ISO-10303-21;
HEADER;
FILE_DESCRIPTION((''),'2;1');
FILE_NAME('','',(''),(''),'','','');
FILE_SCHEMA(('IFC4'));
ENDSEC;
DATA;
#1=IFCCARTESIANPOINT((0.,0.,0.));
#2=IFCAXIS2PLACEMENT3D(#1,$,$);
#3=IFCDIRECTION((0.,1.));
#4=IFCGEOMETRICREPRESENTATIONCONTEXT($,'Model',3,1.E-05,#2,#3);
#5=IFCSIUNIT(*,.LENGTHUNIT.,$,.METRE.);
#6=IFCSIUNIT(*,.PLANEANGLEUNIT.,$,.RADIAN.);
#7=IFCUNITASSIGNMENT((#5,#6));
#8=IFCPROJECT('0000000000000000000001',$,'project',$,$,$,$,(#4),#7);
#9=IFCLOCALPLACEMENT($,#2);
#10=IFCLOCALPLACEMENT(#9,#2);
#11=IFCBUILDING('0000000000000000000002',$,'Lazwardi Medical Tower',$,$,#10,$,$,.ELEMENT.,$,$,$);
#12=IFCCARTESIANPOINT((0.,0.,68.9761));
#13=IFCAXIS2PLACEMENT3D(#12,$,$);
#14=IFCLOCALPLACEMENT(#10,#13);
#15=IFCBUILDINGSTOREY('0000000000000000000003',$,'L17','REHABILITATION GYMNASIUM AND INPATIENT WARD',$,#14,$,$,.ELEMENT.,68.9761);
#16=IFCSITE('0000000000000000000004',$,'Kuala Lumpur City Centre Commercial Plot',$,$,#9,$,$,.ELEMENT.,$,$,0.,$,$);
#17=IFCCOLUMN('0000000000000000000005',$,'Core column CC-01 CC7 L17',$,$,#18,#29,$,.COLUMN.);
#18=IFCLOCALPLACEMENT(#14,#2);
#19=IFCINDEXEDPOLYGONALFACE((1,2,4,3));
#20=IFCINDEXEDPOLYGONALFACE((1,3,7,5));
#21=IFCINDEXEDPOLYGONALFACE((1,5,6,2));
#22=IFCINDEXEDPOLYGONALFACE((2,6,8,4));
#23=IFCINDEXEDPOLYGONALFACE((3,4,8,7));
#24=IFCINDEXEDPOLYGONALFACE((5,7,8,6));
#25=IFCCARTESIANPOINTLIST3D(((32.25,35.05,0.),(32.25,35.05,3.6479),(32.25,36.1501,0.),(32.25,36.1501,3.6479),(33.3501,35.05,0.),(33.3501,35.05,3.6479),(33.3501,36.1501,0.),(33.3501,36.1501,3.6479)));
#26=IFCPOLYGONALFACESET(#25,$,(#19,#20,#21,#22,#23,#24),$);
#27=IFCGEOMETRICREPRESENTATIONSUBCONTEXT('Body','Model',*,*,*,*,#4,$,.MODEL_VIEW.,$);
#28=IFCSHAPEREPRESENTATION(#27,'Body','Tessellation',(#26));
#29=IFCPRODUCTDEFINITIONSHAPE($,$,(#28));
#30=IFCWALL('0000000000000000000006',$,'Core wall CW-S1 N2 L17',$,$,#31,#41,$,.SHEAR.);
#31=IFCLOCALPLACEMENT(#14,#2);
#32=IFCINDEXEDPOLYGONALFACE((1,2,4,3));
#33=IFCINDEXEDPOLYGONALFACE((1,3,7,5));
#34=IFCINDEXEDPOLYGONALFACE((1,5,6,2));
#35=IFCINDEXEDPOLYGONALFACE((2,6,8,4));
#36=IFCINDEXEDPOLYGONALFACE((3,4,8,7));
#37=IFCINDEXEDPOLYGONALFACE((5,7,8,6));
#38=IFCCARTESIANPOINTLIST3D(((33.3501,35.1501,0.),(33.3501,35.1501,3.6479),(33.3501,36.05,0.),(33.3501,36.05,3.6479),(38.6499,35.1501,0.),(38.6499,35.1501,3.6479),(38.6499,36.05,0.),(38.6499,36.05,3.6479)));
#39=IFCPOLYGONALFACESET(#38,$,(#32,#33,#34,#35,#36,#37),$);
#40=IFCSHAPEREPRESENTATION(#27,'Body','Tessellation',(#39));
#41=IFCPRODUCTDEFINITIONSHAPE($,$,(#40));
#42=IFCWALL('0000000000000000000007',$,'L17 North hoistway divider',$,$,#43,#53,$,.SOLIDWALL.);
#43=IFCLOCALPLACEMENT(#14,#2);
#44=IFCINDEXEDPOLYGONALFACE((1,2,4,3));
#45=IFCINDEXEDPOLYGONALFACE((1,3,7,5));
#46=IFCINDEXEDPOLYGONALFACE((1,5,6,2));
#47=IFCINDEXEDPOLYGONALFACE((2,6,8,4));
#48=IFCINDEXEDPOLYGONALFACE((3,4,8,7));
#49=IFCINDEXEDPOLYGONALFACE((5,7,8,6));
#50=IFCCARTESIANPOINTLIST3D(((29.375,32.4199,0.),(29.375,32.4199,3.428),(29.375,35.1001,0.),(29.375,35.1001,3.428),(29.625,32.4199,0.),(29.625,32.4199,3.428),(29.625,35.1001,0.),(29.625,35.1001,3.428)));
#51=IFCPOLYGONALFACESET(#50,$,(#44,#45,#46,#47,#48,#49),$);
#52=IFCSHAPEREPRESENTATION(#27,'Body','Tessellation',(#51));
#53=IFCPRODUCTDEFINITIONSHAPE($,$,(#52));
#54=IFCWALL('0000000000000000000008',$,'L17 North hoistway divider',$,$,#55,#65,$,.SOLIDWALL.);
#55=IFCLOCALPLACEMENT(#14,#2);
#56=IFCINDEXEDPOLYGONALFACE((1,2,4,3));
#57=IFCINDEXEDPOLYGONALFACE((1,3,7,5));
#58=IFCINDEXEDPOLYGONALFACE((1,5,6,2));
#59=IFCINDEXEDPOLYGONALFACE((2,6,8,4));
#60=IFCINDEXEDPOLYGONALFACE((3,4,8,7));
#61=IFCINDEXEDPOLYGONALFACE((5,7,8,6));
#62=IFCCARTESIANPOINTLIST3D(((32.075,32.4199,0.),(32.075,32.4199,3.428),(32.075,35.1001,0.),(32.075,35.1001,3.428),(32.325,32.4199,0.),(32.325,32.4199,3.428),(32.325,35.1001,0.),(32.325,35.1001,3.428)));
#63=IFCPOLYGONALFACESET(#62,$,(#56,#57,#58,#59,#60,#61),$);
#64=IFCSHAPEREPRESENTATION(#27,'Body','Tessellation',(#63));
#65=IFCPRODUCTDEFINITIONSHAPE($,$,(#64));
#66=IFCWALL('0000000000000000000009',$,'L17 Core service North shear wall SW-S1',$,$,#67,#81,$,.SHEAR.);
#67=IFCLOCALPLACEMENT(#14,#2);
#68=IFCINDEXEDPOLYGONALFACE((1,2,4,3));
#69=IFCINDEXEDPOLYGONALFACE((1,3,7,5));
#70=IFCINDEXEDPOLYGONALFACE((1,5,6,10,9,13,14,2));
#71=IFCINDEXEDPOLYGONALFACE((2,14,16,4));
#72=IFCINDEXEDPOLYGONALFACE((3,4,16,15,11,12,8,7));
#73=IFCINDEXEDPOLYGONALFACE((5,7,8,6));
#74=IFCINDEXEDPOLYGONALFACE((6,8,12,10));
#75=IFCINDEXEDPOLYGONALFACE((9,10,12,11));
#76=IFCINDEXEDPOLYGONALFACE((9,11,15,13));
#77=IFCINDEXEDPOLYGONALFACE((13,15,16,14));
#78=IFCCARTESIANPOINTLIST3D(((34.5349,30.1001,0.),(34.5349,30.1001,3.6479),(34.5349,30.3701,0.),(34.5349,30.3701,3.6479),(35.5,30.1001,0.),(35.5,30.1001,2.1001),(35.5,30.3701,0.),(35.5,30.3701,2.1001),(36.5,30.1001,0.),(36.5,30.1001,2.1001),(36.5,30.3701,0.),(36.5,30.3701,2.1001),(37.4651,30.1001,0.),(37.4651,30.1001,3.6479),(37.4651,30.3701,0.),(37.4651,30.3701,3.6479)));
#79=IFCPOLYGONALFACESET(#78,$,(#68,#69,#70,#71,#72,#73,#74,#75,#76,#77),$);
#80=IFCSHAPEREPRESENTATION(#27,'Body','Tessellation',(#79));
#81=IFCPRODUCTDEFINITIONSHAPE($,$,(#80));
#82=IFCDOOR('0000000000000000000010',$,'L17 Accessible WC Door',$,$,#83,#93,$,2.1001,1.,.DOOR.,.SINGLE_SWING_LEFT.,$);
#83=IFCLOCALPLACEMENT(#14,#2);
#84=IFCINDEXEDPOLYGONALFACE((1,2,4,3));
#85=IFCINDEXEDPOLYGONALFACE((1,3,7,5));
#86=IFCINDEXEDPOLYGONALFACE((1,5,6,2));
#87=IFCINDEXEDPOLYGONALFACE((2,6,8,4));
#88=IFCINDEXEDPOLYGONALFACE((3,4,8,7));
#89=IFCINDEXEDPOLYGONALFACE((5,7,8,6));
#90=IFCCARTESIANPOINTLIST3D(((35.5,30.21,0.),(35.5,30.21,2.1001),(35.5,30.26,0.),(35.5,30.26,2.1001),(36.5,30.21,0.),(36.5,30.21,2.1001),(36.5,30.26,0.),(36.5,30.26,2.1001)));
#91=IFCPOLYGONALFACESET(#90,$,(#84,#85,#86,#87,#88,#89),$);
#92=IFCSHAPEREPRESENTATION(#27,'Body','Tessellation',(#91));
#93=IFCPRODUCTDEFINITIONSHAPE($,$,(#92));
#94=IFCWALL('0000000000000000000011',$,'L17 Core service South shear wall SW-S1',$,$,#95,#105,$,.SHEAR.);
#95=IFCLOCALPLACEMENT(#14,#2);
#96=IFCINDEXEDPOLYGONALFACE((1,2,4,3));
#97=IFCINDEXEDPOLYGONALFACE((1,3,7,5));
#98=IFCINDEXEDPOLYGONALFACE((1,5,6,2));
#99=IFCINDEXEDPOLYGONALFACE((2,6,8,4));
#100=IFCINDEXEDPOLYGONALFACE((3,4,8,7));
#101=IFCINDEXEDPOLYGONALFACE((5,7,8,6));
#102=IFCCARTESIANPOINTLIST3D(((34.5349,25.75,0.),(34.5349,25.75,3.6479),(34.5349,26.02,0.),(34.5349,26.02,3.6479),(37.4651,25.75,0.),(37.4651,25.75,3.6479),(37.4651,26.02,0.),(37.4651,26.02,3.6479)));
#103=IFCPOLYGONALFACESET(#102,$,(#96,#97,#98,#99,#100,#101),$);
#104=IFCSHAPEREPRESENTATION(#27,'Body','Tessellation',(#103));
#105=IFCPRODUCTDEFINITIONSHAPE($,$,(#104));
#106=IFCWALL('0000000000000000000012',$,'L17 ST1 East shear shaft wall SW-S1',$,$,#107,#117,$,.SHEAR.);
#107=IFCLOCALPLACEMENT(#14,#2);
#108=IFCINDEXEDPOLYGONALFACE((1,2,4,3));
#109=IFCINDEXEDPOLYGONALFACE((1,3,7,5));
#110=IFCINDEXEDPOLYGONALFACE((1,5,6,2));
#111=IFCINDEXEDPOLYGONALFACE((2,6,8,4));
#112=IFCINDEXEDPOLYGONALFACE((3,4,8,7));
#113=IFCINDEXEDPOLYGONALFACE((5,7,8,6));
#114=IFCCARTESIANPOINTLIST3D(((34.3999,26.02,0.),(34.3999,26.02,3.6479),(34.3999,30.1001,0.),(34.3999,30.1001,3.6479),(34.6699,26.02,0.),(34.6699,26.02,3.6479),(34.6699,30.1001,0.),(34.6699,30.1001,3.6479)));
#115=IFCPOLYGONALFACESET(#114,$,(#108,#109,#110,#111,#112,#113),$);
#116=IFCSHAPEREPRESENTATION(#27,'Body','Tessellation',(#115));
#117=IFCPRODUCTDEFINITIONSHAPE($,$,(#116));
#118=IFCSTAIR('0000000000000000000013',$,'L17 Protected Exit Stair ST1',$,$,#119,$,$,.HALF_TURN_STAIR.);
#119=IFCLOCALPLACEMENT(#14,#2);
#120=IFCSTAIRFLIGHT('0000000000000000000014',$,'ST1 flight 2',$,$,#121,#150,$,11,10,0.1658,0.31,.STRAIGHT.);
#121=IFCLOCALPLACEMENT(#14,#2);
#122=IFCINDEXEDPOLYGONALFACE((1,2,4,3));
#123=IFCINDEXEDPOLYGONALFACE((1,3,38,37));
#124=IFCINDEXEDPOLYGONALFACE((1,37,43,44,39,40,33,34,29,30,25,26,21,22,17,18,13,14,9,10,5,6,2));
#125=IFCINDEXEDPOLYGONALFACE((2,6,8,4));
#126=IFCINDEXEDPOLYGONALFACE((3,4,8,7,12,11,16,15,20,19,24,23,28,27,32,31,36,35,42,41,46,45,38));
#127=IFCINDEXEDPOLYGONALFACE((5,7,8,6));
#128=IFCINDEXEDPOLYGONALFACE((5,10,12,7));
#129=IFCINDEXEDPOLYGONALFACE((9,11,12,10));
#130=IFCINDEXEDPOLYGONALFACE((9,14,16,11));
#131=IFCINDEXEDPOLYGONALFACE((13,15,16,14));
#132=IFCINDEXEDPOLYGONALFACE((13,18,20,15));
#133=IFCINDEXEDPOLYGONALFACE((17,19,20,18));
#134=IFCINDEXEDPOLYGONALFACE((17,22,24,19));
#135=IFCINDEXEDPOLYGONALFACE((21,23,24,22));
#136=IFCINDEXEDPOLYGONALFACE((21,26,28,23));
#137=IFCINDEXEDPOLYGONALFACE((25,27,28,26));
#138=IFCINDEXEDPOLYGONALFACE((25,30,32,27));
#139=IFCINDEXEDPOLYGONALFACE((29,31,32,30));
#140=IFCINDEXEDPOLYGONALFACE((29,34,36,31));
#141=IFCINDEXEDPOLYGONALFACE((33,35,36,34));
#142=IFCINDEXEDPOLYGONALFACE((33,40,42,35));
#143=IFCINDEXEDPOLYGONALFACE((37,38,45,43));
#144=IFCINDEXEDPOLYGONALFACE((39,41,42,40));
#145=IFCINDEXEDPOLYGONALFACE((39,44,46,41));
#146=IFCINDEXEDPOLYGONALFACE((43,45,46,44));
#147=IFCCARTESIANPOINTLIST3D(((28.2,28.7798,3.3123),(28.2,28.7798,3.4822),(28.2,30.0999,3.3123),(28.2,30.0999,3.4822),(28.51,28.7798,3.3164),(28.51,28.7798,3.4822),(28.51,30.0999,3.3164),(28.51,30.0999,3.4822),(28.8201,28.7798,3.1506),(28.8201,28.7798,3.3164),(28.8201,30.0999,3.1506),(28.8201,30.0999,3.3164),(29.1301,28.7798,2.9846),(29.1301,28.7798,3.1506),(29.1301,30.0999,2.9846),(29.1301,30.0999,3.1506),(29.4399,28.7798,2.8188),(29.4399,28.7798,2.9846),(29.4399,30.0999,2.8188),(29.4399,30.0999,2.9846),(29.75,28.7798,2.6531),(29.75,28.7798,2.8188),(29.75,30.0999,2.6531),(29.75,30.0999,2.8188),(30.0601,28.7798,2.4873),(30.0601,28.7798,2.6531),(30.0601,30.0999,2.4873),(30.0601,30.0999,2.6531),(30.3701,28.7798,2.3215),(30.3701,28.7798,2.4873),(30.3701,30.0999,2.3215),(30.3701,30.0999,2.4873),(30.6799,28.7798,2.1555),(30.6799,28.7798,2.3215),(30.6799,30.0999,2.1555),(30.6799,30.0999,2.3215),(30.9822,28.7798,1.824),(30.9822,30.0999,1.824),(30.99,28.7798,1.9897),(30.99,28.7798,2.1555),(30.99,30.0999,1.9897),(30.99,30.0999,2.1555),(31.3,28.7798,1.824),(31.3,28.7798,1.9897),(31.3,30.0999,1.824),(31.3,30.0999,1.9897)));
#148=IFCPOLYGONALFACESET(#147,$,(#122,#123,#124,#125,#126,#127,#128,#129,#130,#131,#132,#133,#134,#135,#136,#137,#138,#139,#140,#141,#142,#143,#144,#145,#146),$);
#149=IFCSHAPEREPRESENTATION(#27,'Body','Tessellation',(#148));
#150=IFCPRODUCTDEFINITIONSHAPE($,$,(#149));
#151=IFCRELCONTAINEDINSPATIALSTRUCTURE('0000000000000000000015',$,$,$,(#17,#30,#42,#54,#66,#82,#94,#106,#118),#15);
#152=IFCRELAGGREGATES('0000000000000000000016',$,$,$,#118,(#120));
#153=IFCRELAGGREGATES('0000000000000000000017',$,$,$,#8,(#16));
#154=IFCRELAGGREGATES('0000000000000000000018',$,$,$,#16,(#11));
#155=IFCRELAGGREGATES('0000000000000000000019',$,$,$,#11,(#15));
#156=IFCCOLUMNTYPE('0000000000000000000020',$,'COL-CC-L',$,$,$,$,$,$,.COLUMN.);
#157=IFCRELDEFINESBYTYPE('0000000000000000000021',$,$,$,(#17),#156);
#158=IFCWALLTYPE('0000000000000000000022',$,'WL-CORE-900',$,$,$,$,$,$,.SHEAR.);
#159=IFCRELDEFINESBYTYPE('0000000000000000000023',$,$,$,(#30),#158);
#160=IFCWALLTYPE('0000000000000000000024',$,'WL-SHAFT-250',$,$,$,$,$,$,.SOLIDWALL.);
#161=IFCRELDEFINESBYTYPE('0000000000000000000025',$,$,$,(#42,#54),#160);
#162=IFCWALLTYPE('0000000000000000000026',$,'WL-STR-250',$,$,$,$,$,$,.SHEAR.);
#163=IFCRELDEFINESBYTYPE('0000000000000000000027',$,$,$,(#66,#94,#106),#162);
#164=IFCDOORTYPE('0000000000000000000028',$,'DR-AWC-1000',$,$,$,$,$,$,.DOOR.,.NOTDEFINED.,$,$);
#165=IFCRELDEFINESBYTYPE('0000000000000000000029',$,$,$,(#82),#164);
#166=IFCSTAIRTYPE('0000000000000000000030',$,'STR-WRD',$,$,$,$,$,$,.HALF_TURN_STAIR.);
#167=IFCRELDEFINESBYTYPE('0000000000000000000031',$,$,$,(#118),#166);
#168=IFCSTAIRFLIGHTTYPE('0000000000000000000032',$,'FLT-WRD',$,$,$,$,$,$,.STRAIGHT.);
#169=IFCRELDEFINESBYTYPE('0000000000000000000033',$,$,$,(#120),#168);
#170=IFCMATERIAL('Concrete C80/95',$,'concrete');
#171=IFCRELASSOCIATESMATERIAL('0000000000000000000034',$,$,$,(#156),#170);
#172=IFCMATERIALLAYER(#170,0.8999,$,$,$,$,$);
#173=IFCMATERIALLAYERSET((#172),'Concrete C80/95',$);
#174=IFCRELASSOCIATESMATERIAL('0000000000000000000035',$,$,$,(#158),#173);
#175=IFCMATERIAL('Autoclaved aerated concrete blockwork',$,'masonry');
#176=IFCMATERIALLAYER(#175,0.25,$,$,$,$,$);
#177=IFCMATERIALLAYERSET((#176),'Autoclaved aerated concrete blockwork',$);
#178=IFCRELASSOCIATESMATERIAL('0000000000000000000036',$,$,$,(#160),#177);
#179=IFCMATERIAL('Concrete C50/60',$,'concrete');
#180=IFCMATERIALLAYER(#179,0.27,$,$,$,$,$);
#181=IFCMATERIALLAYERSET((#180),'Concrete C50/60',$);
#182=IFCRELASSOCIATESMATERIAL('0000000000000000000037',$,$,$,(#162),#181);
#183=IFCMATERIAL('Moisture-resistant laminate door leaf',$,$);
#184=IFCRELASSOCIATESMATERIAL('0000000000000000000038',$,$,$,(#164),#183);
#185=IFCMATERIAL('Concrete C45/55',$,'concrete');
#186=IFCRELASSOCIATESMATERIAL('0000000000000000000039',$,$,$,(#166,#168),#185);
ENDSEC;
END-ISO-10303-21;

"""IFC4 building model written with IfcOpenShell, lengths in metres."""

from ifc_helpers import new_model, si_unit, direction, frame, frame_2d, origin, origin_2d, place, context, subcontext, project, spatial, polyline, rectangle, outline, extrude, material, layer, layer_set, material_profile, profile_set, type_object, element, fill, aggregate, save


model = new_model("IFC4")

# Units and contexts
model_context = context("Model", 3, precision=1e-05, world=origin(), true_north=direction((0.0, 1.0)))
body_context = subcontext(model_context, "Body", "Model", "MODEL_VIEW")
ifc_project = project(units=[si_unit("LENGTHUNIT", "METRE"), si_unit("PLANEANGLEUNIT", "RADIAN")], contexts=[model_context])

# Site, building, storey
site_placement = place(None, origin())
site = spatial("IfcSite", under=ifc_project, at=site_placement, Name="Kuala Lumpur City Centre Commercial Plot", CompositionType="ELEMENT", RefElevation=0.0)
building_placement = place(site_placement, origin())
building = spatial("IfcBuilding", under=site, at=building_placement, Name="Lazwardi Medical Tower", CompositionType="ELEMENT")
storey_placement = place(building_placement, frame((0.0, 0.0, 68.9761)))
storey = spatial("IfcBuildingStorey", under=building, at=storey_placement, Name="L17", Description="REHABILITATION GYMNASIUM AND INPATIENT WARD", CompositionType="ELEMENT", Elevation=68.9761)

# Column
ifc_material_1 = material(Name="Concrete C80/95", Category="concrete")
ifc_material_profile = material_profile(ifc_material_1, rectangle(XDim=1.1001, YDim=1.1001, at=origin_2d()), Name="RC 1100x1100")
ifc_profile_set = profile_set([ifc_material_profile], Name="Concrete C80/95")
column_type = type_object("IfcColumnType", Name="COL-CC-L", PredefinedType="COLUMN", material=ifc_profile_set)
column_placement = place(storey_placement, frame((32.8, 35.6001, 0.0), z_axis=(0.0, 0.0, 1.0), x_axis=(1.0, 0.0, 0.0)))
element("IfcColumn", 1, at=column_placement, inside=storey, type_object=column_type, Name="Core column CC-01 CC7 L17", PredefinedType="COLUMN", context=body_context, shape_type="SweptSolid", body=[
    extrude(rectangle(XDim=1.1001, YDim=1.1001, at=origin_2d()), origin(), (0.0, 0.0, 1.0), 3.6479),
])

# Walls
ifc_layer_1 = layer(ifc_material_1, 0.8999)
ifc_layer_set_1 = layer_set([ifc_layer_1], Name="Concrete C80/95")
wall_type_1 = type_object("IfcWallType", Name="WL-CORE-900", PredefinedType="SHEAR", material=ifc_layer_set_1)
wall_1_placement = place(storey_placement, frame((33.3501, 35.6001, 0.0), z_axis=(0.0, 0.0, 1.0), x_axis=(1.0, 0.0, 0.0)))
element("IfcWall", 2, at=wall_1_placement, inside=storey, type_object=wall_type_1, Name="Core wall CW-S1 N2 L17", PredefinedType="SHEAR", context=body_context, shape_type="SweptSolid", body=[
    extrude(rectangle(XDim=5.2998, YDim=0.8999, at=frame_2d((2.6499, 0.0))), origin(), (0.0, 0.0, 1.0), 3.6479),
])
ifc_material_2 = material(Name="Autoclaved aerated concrete blockwork", Category="masonry")
ifc_layer_2 = layer(ifc_material_2, 0.25)
ifc_layer_set_2 = layer_set([ifc_layer_2], Name="Autoclaved aerated concrete blockwork")
wall_type_2 = type_object("IfcWallType", Name="WL-SHAFT-250", PredefinedType="SOLIDWALL", material=ifc_layer_set_2)
for number, where, z_axis, x_axis, name in (
    (3, (29.5, 32.4199, 0.0), (0.0, 0.0, 1.0), (0.0, 1.0, 0.0), "L17 North hoistway divider"),
    (4, (32.2, 32.4199, 0.0), (0.0, 0.0, 1.0), (0.0, 1.0, 0.0), "L17 North hoistway divider"),
):
    element("IfcWall", number, at=place(storey_placement, frame(where, z_axis=z_axis, x_axis=x_axis)), inside=storey, type_object=wall_type_2, Name=name, PredefinedType="SOLIDWALL", context=body_context, shape_type="SweptSolid", body=[
        extrude(rectangle(XDim=2.6802, YDim=0.25, at=frame_2d((1.3401, 0.0))), origin(), (0.0, 0.0, 1.0), 3.428),
    ])

# Wall, opening, door
ifc_material_3 = material(Name="Concrete C50/60", Category="concrete")
ifc_layer_3 = layer(ifc_material_3, 0.27)
ifc_layer_set_3 = layer_set([ifc_layer_3], Name="Concrete C50/60")
wall_type_3 = type_object("IfcWallType", Name="WL-STR-250", PredefinedType="SHEAR", material=ifc_layer_set_3)
wall_2_placement = place(storey_placement, frame((34.5349, 30.2351, 0.0), z_axis=(0.0, 0.0, 1.0), x_axis=(1.0, 0.0, 0.0)))
wall_2 = element("IfcWall", 5, at=wall_2_placement, inside=storey, type_object=wall_type_3, Name="L17 Core service North shear wall SW-S1", PredefinedType="SHEAR", context=body_context, shape_type="SweptSolid", body=[
    extrude(rectangle(XDim=2.9302, YDim=0.27, at=frame_2d((1.4651, 0.0))), origin(), (0.0, 0.0, 1.0), 3.6479),
])
opening_placement = place(wall_2_placement, frame((0.9651, 0.0, 0.0)))
opening = element("IfcOpeningElement", 6, at=opening_placement, cuts=wall_2, PredefinedType="OPENING", context=body_context, shape_type="SweptSolid", body=[
    extrude(rectangle(XDim=1.0, YDim=2.1001, at=frame_2d((0.5, 1.05))), frame((0.0, 0.145, 0.0), z_axis=(0.0, -1.0, 0.0), x_axis=(1.0, 0.0, 0.0)), (0.0, 0.0, 1.0), 0.29),
])
ifc_material_4 = material(Name="Moisture-resistant laminate door leaf")
door_type = type_object("IfcDoorType", Name="DR-AWC-1000", OperationType="NOTDEFINED", PredefinedType="DOOR", material=ifc_material_4)
door_placement = place(opening_placement, origin())
door = element("IfcDoor", 7, at=door_placement, inside=storey, type_object=door_type, Name="L17 Accessible WC Door", OperationType="SINGLE_SWING_LEFT", OverallHeight=2.1001, OverallWidth=1.0, PredefinedType="DOOR", context=body_context, shape_type="SweptSolid", body=[
    extrude(rectangle(XDim=1.0, YDim=2.1001, at=frame_2d((0.5, 1.05))), frame((0.0, 0.0249, 0.0), z_axis=(0.0, -1.0, 0.0), x_axis=(1.0, 0.0, 0.0)), (0.0, 0.0, 1.0), 0.05),
])
fill(opening, door)

# Walls
wall_3_placement = place(storey_placement, frame((34.5349, 25.885, 0.0), z_axis=(0.0, 0.0, 1.0), x_axis=(1.0, 0.0, 0.0)))
element("IfcWall", 8, at=wall_3_placement, inside=storey, type_object=wall_type_3, Name="L17 Core service South shear wall SW-S1", PredefinedType="SHEAR", context=body_context, shape_type="SweptSolid", body=[
    extrude(rectangle(XDim=2.9302, YDim=0.27, at=frame_2d((1.4651, 0.0))), origin(), (0.0, 0.0, 1.0), 3.6479),
])
wall_4_placement = place(storey_placement, frame((34.5349, 26.02, 0.0), z_axis=(0.0, 0.0, 1.0), x_axis=(0.0, 1.0, 0.0)))
element("IfcWall", 9, at=wall_4_placement, inside=storey, type_object=wall_type_3, Name="L17 ST1 East shear shaft wall SW-S1", PredefinedType="SHEAR", context=body_context, shape_type="SweptSolid", body=[
    extrude(rectangle(XDim=4.0801, YDim=0.27, at=frame_2d((2.04, 0.0))), origin(), (0.0, 0.0, 1.0), 3.6479),
])

# Stair, stair flight
ifc_material_5 = material(Name="Concrete C45/55", Category="concrete")
stair_type = type_object("IfcStairType", Name="STR-WRD", PredefinedType="HALF_TURN_STAIR", material=ifc_material_5)
stair_placement = place(storey_placement, origin())
stair = element("IfcStair", 10, at=stair_placement, inside=storey, type_object=stair_type, Name="L17 Protected Exit Stair ST1", PredefinedType="HALF_TURN_STAIR")
stair_flight_type = type_object("IfcStairFlightType", Name="FLT-WRD", PredefinedType="STRAIGHT", material=ifc_material_5)
stair_flight_placement = place(storey_placement, frame((31.3, 29.4399, 1.824), z_axis=(0.0, 0.0, 1.0), x_axis=(-1.0, 0.0, 0.0)))
stair_flight = element("IfcStairFlight", 11, at=stair_flight_placement, type_object=stair_flight_type, Name="ST1 flight 2", NumberOfRisers=11, NumberOfTreads=10, PredefinedType="STRAIGHT", RiserHeight=0.1658, TreadLength=0.31, context=body_context, shape_type="SweptSolid", body=[
    extrude(outline(polyline([(0.0, 0.0), (0.0, 0.1658), (0.3101, 0.1658), (0.3101, 0.3315), (0.6201, 0.3315), (0.6201, 0.4976), (0.9299, 0.4976), (0.9299, 0.6633), (1.24, 0.6633), (1.24, 0.8291), (1.55, 0.8291), (1.55, 0.9949), (1.8601, 0.9949), (1.8601, 1.1606), (2.1699, 1.1606), (2.1699, 1.3267), (2.48, 1.3267), (2.48, 1.4924), (2.79, 1.4924), (2.79, 1.6582), (3.1001, 1.6582), (3.1001, 1.824), (3.1001, 1.4883), (0.3179, 0.0), (0.0, 0.0)])), frame((0.0, 0.6602, 0.0), z_axis=(0.0, -1.0, 0.0), x_axis=(1.0, 0.0, 0.0)), (0.0, 0.0, 1.0), 1.3201),
])
aggregate(stair, [stair_flight])

save(model, "model.ifc")
